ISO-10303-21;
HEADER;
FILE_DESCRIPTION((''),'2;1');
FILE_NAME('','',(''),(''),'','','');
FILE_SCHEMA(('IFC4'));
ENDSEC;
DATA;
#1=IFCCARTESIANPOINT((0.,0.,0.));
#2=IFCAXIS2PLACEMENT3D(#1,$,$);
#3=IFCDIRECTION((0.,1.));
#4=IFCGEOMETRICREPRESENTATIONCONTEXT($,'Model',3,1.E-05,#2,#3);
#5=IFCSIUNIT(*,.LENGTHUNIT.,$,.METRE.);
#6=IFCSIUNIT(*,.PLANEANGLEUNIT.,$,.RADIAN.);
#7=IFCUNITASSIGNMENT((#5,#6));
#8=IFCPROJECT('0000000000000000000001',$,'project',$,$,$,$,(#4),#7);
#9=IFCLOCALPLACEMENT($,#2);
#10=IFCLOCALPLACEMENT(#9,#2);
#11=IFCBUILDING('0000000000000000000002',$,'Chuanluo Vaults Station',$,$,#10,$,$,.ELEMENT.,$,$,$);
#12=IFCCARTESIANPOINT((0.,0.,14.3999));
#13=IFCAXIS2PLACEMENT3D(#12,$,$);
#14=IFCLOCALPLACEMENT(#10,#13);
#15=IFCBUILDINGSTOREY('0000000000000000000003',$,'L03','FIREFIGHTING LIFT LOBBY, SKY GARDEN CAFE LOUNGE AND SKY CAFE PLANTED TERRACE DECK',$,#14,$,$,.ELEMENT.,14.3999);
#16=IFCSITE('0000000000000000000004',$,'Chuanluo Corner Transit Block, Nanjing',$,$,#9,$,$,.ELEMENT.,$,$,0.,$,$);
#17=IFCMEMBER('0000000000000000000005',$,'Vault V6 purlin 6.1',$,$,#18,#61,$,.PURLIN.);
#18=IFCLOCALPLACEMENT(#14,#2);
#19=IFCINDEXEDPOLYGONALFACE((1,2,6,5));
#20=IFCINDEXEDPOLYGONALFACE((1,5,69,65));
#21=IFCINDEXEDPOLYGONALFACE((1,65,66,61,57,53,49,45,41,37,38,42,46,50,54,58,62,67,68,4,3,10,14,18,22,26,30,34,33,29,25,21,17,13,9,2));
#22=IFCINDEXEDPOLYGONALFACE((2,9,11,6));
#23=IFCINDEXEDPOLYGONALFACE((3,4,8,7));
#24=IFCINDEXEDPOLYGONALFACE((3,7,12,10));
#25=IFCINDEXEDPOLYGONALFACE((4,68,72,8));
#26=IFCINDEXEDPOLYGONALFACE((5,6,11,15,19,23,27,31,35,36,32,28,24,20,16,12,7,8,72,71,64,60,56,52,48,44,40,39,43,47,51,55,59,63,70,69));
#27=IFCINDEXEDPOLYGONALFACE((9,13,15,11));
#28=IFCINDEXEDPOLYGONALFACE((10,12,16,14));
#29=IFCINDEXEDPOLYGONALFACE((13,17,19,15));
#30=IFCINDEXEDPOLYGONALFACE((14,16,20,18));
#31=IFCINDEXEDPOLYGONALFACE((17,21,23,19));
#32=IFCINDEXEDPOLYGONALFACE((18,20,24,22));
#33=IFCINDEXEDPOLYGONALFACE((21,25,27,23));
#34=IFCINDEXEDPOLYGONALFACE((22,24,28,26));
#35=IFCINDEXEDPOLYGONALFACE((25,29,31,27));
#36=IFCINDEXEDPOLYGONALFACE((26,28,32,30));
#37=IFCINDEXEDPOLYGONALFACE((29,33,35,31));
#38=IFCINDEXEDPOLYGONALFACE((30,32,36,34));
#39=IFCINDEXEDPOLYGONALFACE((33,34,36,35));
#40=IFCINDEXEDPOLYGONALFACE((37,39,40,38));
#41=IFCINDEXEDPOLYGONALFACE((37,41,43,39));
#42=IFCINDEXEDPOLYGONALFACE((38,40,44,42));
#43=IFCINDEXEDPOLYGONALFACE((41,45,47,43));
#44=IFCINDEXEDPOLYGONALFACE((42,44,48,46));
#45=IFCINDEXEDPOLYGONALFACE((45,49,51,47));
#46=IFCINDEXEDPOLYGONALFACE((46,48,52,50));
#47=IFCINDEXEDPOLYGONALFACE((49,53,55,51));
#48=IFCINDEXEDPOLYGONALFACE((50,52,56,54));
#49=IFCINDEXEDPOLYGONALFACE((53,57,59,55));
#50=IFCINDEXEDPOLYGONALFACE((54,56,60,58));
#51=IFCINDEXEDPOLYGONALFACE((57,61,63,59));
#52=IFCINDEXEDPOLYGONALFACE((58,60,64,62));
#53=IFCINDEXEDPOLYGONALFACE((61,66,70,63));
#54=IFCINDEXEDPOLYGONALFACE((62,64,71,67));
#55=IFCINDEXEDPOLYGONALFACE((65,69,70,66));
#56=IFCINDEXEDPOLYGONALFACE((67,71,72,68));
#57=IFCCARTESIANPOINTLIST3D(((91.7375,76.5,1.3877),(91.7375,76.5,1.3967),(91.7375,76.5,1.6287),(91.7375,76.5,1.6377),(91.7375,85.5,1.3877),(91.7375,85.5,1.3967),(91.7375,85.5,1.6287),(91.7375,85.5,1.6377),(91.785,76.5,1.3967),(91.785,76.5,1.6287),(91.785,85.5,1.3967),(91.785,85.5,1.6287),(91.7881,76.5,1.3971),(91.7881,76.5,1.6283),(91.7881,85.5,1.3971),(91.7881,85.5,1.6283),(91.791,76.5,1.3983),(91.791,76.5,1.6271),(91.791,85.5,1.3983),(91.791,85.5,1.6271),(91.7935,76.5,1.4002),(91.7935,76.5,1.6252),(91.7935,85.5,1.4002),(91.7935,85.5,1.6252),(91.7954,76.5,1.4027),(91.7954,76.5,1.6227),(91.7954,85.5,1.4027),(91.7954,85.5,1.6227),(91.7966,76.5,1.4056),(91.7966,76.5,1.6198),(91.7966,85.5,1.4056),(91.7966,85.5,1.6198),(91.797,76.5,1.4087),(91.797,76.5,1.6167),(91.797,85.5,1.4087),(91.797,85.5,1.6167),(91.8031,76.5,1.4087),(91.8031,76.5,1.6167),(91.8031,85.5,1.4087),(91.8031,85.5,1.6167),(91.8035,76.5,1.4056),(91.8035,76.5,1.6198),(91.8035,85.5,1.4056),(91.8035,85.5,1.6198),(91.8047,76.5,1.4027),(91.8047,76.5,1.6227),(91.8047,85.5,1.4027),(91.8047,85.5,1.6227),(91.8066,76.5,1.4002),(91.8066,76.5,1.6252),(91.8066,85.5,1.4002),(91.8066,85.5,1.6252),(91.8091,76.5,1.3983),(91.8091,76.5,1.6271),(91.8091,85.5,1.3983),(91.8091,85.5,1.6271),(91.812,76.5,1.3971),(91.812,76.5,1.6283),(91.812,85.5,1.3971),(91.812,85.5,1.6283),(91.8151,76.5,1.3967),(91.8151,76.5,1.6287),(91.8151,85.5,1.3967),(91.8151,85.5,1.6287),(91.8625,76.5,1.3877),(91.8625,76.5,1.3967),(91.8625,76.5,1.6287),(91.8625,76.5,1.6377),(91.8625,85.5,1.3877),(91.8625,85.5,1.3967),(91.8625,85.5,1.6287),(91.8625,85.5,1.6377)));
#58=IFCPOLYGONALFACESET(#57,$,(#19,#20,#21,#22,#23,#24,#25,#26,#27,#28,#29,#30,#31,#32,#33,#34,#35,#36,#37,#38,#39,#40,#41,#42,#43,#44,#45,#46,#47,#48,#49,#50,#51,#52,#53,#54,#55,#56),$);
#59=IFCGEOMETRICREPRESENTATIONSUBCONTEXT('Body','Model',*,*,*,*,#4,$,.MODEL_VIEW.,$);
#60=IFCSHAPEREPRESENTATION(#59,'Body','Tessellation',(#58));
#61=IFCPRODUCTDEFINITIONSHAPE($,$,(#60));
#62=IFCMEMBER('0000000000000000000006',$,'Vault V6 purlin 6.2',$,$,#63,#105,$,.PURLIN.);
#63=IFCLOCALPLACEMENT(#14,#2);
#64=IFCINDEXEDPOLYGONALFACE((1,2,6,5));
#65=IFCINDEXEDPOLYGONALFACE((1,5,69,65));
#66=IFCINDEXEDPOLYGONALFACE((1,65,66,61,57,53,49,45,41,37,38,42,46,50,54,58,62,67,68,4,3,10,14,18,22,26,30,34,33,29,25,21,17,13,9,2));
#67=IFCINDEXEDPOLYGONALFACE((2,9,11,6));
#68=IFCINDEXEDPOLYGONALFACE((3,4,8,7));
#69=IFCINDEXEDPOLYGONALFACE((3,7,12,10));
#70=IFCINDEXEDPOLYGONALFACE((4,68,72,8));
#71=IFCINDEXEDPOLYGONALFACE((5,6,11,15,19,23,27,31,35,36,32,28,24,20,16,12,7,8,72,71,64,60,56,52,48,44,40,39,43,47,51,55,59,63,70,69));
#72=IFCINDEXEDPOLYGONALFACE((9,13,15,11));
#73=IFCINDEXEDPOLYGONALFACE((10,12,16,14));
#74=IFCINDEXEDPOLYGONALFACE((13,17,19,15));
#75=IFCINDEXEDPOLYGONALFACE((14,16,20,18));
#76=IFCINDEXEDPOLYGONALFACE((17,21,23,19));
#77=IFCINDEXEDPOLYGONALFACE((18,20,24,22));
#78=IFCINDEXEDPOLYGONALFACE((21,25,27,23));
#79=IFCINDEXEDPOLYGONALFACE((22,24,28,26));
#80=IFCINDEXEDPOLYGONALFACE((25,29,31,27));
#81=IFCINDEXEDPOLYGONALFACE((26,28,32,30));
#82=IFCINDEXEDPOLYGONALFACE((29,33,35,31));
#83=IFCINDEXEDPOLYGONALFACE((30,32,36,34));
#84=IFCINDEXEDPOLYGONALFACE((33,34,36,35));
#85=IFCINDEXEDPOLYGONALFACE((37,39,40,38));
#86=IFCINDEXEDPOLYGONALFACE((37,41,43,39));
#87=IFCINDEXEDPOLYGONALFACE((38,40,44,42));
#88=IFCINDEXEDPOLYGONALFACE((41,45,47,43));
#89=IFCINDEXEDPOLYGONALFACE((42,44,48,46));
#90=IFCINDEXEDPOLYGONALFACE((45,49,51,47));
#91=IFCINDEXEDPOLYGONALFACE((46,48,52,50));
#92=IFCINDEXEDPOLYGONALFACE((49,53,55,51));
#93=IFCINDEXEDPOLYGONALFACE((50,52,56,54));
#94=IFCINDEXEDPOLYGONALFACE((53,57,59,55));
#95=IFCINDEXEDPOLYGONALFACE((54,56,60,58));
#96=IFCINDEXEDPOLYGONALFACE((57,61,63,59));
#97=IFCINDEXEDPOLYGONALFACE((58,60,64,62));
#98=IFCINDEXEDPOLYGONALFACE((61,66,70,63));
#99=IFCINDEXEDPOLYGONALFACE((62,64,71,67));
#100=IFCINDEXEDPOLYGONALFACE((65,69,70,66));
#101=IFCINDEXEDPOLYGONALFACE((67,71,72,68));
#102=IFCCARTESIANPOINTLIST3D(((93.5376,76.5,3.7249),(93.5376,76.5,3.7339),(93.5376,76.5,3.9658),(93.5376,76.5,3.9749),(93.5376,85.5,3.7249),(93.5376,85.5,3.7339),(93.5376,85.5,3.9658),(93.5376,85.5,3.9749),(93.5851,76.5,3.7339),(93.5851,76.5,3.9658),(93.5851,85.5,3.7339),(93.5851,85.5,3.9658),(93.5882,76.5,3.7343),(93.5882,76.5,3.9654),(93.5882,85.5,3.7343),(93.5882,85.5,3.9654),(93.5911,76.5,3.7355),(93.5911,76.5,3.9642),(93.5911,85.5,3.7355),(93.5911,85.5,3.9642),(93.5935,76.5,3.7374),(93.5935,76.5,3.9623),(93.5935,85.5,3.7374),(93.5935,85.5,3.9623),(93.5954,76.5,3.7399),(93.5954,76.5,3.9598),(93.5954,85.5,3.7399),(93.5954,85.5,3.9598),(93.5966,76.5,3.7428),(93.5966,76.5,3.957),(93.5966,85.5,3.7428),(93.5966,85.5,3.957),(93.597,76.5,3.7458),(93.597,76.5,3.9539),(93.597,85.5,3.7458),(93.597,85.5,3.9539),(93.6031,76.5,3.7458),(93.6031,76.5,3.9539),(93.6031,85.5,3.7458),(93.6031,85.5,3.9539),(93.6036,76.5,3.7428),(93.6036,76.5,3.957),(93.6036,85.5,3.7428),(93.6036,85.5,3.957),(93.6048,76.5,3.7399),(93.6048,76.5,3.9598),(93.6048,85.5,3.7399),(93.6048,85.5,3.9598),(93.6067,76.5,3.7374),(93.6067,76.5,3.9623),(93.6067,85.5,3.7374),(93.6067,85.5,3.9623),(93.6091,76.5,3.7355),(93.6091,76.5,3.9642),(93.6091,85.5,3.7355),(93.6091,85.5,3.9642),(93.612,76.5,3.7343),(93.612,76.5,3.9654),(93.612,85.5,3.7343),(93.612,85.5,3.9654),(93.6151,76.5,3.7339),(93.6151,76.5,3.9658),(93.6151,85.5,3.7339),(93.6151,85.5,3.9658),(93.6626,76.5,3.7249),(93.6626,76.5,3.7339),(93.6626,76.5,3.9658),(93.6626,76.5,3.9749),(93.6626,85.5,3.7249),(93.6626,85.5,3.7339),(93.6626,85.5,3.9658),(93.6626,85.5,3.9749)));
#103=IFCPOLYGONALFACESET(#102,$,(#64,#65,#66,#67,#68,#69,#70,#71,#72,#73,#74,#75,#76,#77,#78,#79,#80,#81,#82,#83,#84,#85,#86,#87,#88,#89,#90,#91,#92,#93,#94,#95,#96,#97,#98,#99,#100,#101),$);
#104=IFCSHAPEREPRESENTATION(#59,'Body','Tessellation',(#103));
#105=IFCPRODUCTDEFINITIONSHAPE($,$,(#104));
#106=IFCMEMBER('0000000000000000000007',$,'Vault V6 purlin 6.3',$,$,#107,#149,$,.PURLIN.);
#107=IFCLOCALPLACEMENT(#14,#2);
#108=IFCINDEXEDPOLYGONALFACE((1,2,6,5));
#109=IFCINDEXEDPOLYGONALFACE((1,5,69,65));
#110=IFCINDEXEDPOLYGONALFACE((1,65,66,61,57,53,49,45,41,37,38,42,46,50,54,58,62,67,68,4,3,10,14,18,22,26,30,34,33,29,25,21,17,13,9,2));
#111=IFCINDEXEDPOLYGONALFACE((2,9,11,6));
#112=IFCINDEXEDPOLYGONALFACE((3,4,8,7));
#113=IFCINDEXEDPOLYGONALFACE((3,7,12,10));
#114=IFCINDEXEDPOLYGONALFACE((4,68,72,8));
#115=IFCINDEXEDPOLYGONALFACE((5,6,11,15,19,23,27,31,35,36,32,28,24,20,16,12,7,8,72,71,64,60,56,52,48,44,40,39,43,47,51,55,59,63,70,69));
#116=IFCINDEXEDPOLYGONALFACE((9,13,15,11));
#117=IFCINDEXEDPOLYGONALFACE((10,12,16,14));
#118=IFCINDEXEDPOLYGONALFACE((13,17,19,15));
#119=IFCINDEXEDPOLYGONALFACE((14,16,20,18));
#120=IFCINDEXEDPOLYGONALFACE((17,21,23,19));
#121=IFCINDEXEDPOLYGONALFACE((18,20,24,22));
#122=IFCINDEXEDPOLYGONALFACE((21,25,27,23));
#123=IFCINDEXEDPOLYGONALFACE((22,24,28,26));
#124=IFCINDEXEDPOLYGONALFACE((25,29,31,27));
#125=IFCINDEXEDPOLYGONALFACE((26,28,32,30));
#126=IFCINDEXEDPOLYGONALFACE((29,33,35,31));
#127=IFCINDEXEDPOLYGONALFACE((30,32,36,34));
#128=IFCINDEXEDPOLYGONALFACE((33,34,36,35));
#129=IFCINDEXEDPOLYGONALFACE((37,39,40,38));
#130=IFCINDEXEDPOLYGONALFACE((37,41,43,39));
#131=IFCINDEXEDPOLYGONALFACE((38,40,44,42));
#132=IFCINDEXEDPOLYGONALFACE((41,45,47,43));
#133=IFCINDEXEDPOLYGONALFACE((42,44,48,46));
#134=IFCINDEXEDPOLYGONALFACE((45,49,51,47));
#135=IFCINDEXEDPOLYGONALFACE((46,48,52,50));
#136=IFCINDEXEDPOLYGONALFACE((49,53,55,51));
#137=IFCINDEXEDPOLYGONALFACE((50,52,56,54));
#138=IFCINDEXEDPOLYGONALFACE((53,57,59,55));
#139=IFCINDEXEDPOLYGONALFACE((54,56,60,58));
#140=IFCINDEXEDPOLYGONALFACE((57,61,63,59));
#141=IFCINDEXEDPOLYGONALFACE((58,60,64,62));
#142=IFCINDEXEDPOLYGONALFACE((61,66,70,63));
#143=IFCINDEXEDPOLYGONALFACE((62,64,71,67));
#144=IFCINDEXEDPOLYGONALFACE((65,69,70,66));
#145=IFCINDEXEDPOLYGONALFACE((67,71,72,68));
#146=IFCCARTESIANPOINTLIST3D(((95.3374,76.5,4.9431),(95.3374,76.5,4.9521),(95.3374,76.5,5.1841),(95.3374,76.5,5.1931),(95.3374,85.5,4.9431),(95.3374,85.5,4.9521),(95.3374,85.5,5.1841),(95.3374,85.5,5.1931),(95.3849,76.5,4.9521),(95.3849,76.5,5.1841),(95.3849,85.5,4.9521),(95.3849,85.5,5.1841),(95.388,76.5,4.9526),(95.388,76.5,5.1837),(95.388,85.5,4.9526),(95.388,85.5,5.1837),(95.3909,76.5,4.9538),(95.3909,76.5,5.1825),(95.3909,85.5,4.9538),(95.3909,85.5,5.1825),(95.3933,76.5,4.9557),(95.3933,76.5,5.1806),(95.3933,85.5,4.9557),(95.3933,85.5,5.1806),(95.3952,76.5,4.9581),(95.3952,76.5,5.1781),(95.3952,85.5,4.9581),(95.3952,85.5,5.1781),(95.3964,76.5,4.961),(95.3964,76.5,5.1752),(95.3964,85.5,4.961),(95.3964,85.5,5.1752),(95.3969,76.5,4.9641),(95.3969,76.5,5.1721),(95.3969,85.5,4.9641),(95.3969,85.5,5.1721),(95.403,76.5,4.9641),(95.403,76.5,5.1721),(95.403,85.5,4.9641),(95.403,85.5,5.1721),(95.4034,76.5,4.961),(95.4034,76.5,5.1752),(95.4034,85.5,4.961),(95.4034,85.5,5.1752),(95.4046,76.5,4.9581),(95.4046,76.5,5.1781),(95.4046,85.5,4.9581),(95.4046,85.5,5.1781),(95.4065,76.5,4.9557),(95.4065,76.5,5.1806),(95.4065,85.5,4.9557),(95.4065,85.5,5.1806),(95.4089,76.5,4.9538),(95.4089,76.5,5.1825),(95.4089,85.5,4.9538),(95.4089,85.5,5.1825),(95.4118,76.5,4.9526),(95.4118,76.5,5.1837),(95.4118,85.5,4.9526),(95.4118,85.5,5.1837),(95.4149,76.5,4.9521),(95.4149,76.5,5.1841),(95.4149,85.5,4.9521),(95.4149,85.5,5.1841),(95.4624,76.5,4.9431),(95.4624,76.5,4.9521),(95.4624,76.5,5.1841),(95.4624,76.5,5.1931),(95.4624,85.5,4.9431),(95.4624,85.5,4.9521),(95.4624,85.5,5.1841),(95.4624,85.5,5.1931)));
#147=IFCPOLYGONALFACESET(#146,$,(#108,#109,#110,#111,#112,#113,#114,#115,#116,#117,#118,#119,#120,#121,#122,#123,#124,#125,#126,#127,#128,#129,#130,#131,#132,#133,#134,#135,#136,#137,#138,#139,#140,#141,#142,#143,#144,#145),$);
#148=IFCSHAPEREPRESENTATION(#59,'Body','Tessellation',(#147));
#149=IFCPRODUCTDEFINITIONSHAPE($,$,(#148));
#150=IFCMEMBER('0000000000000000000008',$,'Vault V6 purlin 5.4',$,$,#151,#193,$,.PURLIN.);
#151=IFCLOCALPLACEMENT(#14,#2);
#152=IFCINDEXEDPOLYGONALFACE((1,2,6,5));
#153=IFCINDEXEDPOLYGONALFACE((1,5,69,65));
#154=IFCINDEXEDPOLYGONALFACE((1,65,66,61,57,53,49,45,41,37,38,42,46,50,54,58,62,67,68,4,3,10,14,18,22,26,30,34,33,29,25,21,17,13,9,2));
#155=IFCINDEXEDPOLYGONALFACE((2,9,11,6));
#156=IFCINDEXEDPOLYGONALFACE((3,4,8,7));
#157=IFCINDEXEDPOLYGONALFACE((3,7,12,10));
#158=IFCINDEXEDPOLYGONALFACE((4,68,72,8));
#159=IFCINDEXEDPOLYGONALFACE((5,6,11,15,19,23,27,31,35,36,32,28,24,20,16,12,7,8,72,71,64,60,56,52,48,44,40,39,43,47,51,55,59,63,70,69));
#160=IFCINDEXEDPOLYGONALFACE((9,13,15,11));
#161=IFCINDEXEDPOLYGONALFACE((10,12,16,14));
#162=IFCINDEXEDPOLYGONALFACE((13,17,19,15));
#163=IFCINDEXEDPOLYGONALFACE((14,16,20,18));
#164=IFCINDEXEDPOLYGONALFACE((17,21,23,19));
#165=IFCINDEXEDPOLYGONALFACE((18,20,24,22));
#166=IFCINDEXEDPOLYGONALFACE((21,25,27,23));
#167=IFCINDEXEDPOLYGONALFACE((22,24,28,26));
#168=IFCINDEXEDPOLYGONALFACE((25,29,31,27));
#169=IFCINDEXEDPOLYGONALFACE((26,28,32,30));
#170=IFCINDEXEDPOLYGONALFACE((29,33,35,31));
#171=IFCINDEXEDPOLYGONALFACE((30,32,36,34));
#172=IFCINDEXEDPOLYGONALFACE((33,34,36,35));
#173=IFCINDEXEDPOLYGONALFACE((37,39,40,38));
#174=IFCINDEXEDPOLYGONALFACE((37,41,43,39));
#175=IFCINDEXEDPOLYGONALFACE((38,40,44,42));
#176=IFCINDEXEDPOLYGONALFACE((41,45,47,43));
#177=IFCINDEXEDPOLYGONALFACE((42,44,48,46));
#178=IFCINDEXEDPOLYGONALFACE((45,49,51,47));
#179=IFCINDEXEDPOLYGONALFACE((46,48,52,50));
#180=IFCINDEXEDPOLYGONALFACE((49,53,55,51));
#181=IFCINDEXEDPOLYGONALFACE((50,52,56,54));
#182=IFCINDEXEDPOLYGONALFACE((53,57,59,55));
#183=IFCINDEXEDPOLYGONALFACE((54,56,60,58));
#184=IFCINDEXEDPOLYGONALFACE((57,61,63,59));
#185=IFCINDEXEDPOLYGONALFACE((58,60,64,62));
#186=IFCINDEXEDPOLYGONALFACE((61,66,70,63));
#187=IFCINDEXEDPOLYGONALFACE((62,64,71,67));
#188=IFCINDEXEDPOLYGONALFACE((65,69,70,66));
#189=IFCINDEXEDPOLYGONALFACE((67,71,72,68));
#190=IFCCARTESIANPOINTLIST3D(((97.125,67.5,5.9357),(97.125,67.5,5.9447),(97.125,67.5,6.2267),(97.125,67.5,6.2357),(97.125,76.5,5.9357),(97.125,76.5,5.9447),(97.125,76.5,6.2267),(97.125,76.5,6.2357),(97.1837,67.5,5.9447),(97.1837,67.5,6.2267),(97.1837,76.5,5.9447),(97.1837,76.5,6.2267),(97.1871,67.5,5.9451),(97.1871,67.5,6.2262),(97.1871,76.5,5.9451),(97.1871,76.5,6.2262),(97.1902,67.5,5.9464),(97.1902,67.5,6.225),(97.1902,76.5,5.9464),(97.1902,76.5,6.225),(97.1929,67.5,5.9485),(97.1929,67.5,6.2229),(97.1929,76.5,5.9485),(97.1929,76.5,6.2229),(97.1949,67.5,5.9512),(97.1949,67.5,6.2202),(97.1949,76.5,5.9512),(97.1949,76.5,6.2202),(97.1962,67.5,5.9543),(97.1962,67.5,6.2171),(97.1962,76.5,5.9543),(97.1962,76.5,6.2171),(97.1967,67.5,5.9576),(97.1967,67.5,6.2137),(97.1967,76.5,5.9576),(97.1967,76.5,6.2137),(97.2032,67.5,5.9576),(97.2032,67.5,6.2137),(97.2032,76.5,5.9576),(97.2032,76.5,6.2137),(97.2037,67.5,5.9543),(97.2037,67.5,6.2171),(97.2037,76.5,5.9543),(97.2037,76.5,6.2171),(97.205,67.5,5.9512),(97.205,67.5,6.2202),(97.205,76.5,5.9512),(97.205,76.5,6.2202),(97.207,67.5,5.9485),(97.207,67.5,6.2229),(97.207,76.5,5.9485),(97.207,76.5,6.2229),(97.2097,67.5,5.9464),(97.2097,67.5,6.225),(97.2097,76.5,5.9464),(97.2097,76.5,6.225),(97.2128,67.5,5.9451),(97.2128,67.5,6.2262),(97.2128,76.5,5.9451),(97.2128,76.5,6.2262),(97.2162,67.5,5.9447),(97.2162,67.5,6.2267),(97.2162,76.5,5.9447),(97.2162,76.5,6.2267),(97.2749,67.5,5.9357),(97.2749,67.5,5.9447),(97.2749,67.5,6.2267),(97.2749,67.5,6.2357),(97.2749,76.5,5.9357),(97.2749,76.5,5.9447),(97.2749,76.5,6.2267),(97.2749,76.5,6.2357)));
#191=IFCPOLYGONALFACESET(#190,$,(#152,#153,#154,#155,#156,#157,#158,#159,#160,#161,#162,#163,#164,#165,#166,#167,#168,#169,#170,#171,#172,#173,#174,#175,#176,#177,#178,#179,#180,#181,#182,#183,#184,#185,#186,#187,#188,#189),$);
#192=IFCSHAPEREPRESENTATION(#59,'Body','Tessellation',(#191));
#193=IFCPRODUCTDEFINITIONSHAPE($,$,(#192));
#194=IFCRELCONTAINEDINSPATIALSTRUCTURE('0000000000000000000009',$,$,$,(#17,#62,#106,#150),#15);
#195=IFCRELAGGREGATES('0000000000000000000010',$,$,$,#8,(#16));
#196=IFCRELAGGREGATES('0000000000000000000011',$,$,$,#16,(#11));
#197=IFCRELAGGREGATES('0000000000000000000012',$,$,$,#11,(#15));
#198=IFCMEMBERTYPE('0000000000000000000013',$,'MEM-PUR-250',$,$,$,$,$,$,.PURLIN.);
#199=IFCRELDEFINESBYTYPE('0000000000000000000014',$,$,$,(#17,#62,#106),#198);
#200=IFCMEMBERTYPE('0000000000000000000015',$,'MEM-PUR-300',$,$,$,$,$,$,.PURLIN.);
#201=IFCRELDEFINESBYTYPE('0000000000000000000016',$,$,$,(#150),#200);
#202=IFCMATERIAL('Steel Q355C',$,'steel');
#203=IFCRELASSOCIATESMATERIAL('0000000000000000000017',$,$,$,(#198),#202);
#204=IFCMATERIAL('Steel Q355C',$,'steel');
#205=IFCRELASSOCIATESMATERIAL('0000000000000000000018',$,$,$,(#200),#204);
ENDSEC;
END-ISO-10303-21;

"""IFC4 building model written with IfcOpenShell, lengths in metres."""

from ifc_helpers import new_model, si_unit, direction, frame, origin, origin_2d, place, context, subcontext, project, spatial, i_section, extrude, material, material_profile, profile_set, type_object, element, save


model = new_model("IFC4")

# Units and contexts
model_context = context("Model", 3, precision=1e-05, world=origin(), true_north=direction((0.0, 1.0)))
body_context = subcontext(model_context, "Body", "Model", "MODEL_VIEW")
ifc_project = project(units=[si_unit("LENGTHUNIT", "METRE"), si_unit("PLANEANGLEUNIT", "RADIAN")], contexts=[model_context])

# Site, building, storey
site_placement = place(None, origin())
site = spatial("IfcSite", under=ifc_project, at=site_placement, Name="Chuanluo Corner Transit Block, Nanjing", CompositionType="ELEMENT", RefElevation=0.0)
building_placement = place(site_placement, origin())
building = spatial("IfcBuilding", under=site, at=building_placement, Name="Chuanluo Vaults Station", CompositionType="ELEMENT")
storey_placement = place(building_placement, frame((0.0, 0.0, 14.3999)))
storey = spatial("IfcBuildingStorey", under=building, at=storey_placement, Name="L03", Description="FIREFIGHTING LIFT LOBBY, SKY GARDEN CAFE LOUNGE AND SKY CAFE PLANTED TERRACE DECK", CompositionType="ELEMENT", Elevation=14.3999)

# Members
ifc_material_1 = material(Name="Steel Q355C", Category="steel")
ifc_material_profile_1 = material_profile(ifc_material_1, i_section(OverallWidth=0.125, OverallDepth=0.25, WebThickness=0.0061, FlangeThickness=0.009, FilletRadius=0.012, at=origin_2d()))
ifc_profile_set_1 = profile_set([ifc_material_profile_1], Name="Steel Q355C")
member_type_1 = type_object("IfcMemberType", Name="MEM-PUR-250", PredefinedType="PURLIN", material=ifc_profile_set_1)
for number, where, z_axis, x_axis, name in (
    (1, (91.8, 76.5, 1.5127), (0.0, 1.0, 0.0), (-1.0, 0.0, 0.0), "Vault V6 purlin 6.1"),
    (2, (93.6001, 76.5, 3.8499), (0.0, 1.0, 0.0), (-1.0, 0.0, 0.0), "Vault V6 purlin 6.2"),
    (3, (95.3999, 76.5, 5.0681), (0.0, 1.0, 0.0), (-1.0, 0.0, 0.0), "Vault V6 purlin 6.3"),
):
    element("IfcMember", number, at=place(storey_placement, frame(where, z_axis=z_axis, x_axis=x_axis)), inside=storey, type_object=member_type_1, Name=name, PredefinedType="PURLIN", context=body_context, shape_type="SweptSolid", body=[
        extrude(i_section(OverallWidth=0.125, OverallDepth=0.25, WebThickness=0.0061, FlangeThickness=0.009, FilletRadius=0.012, at=origin_2d()), origin(), (0.0, 0.0, 1.0), 9.0),
    ])
ifc_material_2 = material(Name="Steel Q355C", Category="steel")
ifc_material_profile_2 = material_profile(ifc_material_2, i_section(OverallWidth=0.1499, OverallDepth=0.3, WebThickness=0.0066, FlangeThickness=0.009, FilletRadius=0.0129, at=origin_2d()))
ifc_profile_set_2 = profile_set([ifc_material_profile_2], Name="Steel Q355C")
member_type_2 = type_object("IfcMemberType", Name="MEM-PUR-300", PredefinedType="PURLIN", material=ifc_profile_set_2)
member_1_placement = place(storey_placement, frame((97.2, 67.5, 6.0857), z_axis=(0.0, 1.0, 0.0), x_axis=(-1.0, 0.0, 0.0)))
element("IfcMember", 4, at=member_1_placement, inside=storey, type_object=member_type_2, Name="Vault V6 purlin 5.4", PredefinedType="PURLIN", context=body_context, shape_type="SweptSolid", body=[
    extrude(i_section(OverallWidth=0.1499, OverallDepth=0.3, WebThickness=0.0066, FlangeThickness=0.009, FilletRadius=0.0129, at=origin_2d()), origin(), (0.0, 0.0, 1.0), 9.0),
])

save(model, "model.ifc")
